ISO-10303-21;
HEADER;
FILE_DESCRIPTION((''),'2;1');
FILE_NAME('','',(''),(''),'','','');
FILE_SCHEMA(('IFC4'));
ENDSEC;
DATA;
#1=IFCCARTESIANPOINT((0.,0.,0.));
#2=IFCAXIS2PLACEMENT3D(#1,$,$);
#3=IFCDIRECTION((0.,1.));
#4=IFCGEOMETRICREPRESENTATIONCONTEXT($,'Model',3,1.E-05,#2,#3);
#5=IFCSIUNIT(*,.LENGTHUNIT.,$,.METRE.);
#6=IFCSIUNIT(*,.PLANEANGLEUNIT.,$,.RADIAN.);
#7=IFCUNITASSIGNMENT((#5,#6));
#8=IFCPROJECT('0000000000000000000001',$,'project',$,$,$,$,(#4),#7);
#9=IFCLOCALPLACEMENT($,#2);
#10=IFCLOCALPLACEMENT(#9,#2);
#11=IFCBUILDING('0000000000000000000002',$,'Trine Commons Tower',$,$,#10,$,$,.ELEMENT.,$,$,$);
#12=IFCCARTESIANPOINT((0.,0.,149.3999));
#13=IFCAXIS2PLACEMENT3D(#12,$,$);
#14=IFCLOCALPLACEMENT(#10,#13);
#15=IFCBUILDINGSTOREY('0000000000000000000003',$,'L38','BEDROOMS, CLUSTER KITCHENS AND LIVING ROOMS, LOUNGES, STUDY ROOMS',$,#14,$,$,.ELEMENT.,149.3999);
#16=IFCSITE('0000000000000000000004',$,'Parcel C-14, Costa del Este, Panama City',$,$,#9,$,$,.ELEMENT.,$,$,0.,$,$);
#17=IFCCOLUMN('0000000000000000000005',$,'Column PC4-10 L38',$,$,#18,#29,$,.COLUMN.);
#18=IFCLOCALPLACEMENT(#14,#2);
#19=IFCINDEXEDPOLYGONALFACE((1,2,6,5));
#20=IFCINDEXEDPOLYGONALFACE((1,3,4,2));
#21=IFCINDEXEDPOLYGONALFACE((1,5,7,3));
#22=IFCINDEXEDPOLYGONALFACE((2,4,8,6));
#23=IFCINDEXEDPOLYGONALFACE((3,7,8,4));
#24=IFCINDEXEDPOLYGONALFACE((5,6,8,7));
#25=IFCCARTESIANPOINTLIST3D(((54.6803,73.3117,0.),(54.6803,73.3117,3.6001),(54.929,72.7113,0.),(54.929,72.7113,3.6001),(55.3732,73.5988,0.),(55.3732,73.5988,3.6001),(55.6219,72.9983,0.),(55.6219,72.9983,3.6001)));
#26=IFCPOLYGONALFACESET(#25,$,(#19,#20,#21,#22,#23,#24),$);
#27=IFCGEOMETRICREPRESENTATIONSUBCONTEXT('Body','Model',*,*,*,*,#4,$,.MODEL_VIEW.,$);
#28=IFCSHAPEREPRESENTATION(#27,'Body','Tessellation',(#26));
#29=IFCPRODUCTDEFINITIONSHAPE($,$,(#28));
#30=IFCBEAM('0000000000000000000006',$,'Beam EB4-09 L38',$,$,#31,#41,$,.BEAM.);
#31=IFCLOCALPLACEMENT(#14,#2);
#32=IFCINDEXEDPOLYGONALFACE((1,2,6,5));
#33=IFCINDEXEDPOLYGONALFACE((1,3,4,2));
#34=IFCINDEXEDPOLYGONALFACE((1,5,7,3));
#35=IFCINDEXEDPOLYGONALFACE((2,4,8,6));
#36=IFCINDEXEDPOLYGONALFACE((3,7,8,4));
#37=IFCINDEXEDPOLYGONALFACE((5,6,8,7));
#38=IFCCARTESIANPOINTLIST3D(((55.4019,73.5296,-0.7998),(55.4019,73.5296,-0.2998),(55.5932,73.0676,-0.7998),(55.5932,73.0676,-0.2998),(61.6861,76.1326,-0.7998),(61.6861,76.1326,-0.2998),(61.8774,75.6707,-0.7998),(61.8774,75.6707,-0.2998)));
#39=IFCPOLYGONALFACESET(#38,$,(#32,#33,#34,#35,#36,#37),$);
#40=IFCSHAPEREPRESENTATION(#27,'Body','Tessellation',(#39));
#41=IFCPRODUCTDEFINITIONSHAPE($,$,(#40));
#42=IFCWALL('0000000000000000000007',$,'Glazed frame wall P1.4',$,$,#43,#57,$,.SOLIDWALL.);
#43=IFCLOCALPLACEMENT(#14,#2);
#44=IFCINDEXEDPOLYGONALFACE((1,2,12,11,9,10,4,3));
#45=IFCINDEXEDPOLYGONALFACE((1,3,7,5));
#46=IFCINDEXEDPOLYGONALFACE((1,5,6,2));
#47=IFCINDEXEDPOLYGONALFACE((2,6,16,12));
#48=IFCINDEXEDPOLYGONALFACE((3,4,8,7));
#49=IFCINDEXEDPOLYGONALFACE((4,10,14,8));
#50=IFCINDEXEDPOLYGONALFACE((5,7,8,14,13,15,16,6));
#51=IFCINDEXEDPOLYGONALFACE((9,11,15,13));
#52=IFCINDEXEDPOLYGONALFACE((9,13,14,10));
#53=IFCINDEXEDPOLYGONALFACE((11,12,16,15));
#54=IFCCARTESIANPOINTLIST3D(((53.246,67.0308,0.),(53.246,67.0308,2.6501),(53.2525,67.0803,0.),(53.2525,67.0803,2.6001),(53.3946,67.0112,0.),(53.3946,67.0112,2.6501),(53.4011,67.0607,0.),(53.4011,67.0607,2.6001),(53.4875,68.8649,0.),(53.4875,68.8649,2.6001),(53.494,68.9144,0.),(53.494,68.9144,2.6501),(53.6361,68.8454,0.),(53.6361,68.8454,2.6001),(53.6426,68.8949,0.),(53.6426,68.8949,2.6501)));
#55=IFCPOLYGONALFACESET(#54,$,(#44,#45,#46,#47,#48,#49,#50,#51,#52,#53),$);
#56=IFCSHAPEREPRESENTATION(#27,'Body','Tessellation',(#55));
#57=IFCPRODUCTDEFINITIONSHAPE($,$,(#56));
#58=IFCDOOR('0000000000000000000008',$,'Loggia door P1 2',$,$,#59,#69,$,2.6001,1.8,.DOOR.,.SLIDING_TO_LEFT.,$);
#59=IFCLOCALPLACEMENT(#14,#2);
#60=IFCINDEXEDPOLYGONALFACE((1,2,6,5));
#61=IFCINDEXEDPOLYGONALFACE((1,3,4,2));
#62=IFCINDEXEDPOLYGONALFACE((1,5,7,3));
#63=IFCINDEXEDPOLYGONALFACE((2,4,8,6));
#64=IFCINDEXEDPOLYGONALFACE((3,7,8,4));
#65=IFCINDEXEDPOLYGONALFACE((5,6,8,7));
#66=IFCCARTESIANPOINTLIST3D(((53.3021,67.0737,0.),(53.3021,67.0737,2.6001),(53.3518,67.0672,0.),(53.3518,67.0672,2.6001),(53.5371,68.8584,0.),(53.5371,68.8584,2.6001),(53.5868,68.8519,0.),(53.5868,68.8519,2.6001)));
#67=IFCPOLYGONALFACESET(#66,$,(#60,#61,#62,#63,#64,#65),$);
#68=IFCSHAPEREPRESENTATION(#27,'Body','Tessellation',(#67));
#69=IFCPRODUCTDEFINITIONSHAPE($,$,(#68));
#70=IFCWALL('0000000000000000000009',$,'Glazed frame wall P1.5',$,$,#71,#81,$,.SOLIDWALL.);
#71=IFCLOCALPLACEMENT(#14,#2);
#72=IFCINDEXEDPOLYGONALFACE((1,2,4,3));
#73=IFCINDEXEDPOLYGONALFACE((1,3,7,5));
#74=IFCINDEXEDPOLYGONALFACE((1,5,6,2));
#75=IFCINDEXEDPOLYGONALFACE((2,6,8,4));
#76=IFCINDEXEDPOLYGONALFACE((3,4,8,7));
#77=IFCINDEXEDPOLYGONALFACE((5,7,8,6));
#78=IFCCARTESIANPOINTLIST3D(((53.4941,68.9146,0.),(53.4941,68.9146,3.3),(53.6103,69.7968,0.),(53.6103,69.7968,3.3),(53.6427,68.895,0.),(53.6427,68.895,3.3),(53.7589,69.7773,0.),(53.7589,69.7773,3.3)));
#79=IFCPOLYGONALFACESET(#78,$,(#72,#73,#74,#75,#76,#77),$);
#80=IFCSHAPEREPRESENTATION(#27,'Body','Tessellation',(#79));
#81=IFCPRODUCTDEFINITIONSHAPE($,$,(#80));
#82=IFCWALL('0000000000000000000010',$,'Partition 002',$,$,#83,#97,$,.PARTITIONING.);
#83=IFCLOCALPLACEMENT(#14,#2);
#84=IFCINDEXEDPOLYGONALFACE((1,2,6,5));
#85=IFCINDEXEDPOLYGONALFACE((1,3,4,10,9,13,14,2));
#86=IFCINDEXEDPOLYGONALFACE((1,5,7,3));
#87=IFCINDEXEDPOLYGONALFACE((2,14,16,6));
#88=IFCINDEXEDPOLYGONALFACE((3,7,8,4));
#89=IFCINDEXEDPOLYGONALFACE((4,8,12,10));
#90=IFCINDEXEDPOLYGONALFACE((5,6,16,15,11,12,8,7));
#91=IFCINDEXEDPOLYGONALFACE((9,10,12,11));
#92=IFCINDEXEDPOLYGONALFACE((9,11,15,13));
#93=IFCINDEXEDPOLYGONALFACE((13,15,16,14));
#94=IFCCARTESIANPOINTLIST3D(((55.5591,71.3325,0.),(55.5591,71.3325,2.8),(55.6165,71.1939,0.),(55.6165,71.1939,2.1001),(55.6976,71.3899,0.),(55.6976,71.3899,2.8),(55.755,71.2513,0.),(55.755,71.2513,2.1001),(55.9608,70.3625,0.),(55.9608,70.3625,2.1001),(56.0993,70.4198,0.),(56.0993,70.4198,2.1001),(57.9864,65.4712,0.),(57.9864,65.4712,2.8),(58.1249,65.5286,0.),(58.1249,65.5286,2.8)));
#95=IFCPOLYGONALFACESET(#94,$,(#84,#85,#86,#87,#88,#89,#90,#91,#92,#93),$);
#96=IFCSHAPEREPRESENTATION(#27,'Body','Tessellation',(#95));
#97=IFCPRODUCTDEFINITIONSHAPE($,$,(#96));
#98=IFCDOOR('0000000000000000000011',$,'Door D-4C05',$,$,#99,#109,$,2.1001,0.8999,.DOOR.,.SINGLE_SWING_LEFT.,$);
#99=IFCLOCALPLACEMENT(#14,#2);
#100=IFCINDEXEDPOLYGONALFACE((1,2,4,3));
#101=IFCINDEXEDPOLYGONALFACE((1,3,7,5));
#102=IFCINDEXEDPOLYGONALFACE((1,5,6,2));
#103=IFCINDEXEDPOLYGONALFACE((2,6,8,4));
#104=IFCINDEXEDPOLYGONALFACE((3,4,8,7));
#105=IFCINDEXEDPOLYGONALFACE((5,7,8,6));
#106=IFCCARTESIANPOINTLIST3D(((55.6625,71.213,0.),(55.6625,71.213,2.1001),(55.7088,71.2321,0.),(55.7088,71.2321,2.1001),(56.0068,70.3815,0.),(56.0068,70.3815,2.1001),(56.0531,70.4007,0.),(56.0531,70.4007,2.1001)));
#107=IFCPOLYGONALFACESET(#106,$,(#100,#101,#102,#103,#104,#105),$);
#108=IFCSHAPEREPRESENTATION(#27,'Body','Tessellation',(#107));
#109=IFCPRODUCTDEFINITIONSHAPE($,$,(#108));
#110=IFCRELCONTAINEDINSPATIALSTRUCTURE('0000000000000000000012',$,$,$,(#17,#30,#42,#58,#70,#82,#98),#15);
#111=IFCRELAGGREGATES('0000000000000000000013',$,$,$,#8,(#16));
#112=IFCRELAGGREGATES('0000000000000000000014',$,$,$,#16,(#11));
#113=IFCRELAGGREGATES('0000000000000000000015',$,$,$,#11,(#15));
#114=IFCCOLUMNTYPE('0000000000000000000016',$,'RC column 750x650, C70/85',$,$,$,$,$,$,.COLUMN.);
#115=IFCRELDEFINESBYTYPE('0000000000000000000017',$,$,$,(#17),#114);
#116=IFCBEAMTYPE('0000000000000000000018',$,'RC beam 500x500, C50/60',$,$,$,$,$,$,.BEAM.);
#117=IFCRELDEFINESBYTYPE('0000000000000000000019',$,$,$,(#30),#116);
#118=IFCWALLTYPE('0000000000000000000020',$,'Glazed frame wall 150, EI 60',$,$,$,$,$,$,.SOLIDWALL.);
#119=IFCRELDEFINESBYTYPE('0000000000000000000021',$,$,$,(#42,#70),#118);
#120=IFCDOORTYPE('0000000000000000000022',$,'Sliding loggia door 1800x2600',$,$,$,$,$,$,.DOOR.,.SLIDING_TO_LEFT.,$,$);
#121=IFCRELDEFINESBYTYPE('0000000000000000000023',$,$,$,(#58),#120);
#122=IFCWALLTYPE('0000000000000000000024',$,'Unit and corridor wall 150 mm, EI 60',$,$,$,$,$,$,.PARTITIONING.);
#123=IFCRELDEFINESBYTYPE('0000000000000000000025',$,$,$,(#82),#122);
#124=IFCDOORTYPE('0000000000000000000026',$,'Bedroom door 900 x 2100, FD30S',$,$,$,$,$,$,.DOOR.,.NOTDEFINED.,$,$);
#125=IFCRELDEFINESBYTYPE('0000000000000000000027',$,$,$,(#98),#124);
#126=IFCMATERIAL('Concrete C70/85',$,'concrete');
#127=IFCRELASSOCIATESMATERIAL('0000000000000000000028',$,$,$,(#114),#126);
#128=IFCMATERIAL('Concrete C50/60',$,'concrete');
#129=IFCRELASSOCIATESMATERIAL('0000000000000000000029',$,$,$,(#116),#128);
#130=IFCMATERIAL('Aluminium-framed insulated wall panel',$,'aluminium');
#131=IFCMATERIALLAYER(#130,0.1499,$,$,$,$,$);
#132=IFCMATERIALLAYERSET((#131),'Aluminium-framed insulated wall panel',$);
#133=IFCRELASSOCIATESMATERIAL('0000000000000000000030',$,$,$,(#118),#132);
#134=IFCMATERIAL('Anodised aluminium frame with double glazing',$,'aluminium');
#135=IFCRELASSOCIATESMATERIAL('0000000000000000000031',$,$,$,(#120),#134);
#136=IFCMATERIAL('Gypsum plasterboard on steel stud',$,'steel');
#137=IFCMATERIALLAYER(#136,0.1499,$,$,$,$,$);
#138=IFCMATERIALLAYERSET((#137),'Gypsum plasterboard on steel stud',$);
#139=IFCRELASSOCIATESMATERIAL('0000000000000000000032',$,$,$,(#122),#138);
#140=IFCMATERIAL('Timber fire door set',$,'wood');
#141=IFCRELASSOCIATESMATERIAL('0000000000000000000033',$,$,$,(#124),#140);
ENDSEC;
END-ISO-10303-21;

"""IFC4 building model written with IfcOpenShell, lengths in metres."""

from ifc_helpers import new_model, si_unit, direction, frame, frame_2d, origin, origin_2d, place, context, subcontext, project, spatial, polyline, rectangle, outline, extrude, material, layer, layer_set, material_profile, profile_set, type_object, element, fill, save


model = new_model("IFC4")

# Units and contexts
model_context = context("Model", 3, precision=1e-05, world=origin(), true_north=direction((0.0, 1.0)))
body_context = subcontext(model_context, "Body", "Model", "MODEL_VIEW")
ifc_project = project(units=[si_unit("LENGTHUNIT", "METRE"), si_unit("PLANEANGLEUNIT", "RADIAN")], contexts=[model_context])

# Site, building, storey
site_placement = place(None, origin())
site = spatial("IfcSite", under=ifc_project, at=site_placement, Name="Parcel C-14, Costa del Este, Panama City", CompositionType="ELEMENT", RefElevation=0.0)
building_placement = place(site_placement, origin())
building = spatial("IfcBuilding", under=site, at=building_placement, Name="Trine Commons Tower", CompositionType="ELEMENT")
storey_placement = place(building_placement, frame((0.0, 0.0, 149.3999)))
storey = spatial("IfcBuildingStorey", under=building, at=storey_placement, Name="L38", Description="BEDROOMS, CLUSTER KITCHENS AND LIVING ROOMS, LOUNGES, STUDY ROOMS", CompositionType="ELEMENT", Elevation=149.3999)

# Column
ifc_material_1 = material(Name="Concrete C70/85", Category="concrete")
ifc_material_profile_1 = material_profile(ifc_material_1, rectangle(XDim=0.75, YDim=0.6499, at=origin_2d()), Name="RC 750x650")
ifc_profile_set_1 = profile_set([ifc_material_profile_1], Name="Concrete C70/85")
column_type = type_object("IfcColumnType", Name="RC column 750x650, C70/85", PredefinedType="COLUMN", material=ifc_profile_set_1)
column_placement = place(storey_placement, frame((55.1511, 73.155, 0.0), z_axis=(0.0, 0.0, 1.0), x_axis=(0.92388, 0.382683, 0.0)))
element("IfcColumn", 1, at=column_placement, inside=storey, type_object=column_type, Name="Column PC4-10 L38", PredefinedType="COLUMN", context=body_context, shape_type="SweptSolid", body=[
    extrude(rectangle(XDim=0.75, YDim=0.6499, at=origin_2d()), origin(), (0.0, 0.0, 1.0), 3.6001),
])

# Beam
ifc_material_2 = material(Name="Concrete C50/60", Category="concrete")
ifc_material_profile_2 = material_profile(ifc_material_2, rectangle(XDim=0.5, YDim=0.5, at=origin_2d()), Name="RC 500x500")
ifc_profile_set_2 = profile_set([ifc_material_profile_2], Name="Concrete C50/60")
beam_type = type_object("IfcBeamType", Name="RC beam 500x500, C50/60", PredefinedType="BEAM", material=ifc_profile_set_2)
beam_placement = place(storey_placement, frame((55.4976, 73.2986, -0.5498), z_axis=(0.923878, 0.382688, 0.0), x_axis=(-0.382688, 0.923878, 0.0)))
element("IfcBeam", 2, at=beam_placement, inside=storey, type_object=beam_type, Name="Beam EB4-09 L38", PredefinedType="BEAM", context=body_context, shape_type="SweptSolid", body=[
    extrude(rectangle(XDim=0.5, YDim=0.5, at=origin_2d()), origin(), (0.0, 0.0, 1.0), 6.802),
])

# Wall, opening, door
ifc_material_3 = material(Name="Aluminium-framed insulated wall panel", Category="aluminium")
ifc_layer_1 = layer(ifc_material_3, 0.1499)
ifc_layer_set_1 = layer_set([ifc_layer_1], Name="Aluminium-framed insulated wall panel")
wall_type_1 = type_object("IfcWallType", Name="Glazed frame wall 150, EI 60", PredefinedType="SOLIDWALL", material=ifc_layer_set_1)
wall_1_placement = place(storey_placement, frame((53.3203, 67.021, 0.0), z_axis=(0.0, 0.0, 1.0), x_axis=(0.130548, 0.991442, 0.0)))
wall_1 = element("IfcWall", 3, at=wall_1_placement, inside=storey, type_object=wall_type_1, Name="Glazed frame wall P1.4", PredefinedType="SOLIDWALL", context=body_context, shape_type="SweptSolid", body=[
    extrude(outline(polyline([(0.0, -0.075), (1.8999, -0.075), (1.8999, 0.075), (0.0, 0.075), (0.0, -0.075)])), origin(), (0.0, 0.0, 1.0), 2.6501),
])
opening_1_placement = place(wall_1_placement, frame((0.05, 0.0, 0.0)))
opening_1 = element("IfcOpeningElement", 4, at=opening_1_placement, cuts=wall_1, PredefinedType="OPENING", context=body_context, shape_type="SweptSolid", body=[
    extrude(rectangle(XDim=1.8, YDim=2.6001, at=frame_2d((0.8999, 1.3))), frame((0.0, 0.085, 0.0), z_axis=(0.0, -1.0, 0.0), x_axis=(1.0, 0.0, 0.0)), (0.0, 0.0, 1.0), 0.1699),
])
ifc_material_4 = material(Name="Anodised aluminium frame with double glazing", Category="aluminium")
door_type_1 = type_object("IfcDoorType", Name="Sliding loggia door 1800x2600", OperationType="SLIDING_TO_LEFT", PredefinedType="DOOR", material=ifc_material_4)
door_1_placement = place(opening_1_placement, origin())
door_1 = element("IfcDoor", 5, at=door_1_placement, inside=storey, type_object=door_type_1, Name="Loggia door P1 2", OperationType="SLIDING_TO_LEFT", OverallHeight=2.6001, OverallWidth=1.8, PredefinedType="DOOR", context=body_context, shape_type="SweptSolid", body=[
    extrude(rectangle(XDim=1.8, YDim=2.6001, at=frame_2d((0.8999, 1.3))), frame((0.0, 0.0249, 0.0), z_axis=(0.0, -1.0, 0.0), x_axis=(1.0, 0.0, 0.0)), (0.0, 0.0, 1.0), 0.05),
])
fill(opening_1, door_1)

# Wall
wall_2_placement = place(storey_placement, frame((53.5684, 68.9048, 0.0), z_axis=(0.0, 0.0, 1.0), x_axis=(0.130612, 0.991434, 0.0)))
element("IfcWall", 6, at=wall_2_placement, inside=storey, type_object=wall_type_1, Name="Glazed frame wall P1.5", PredefinedType="SOLIDWALL", context=body_context, shape_type="SweptSolid", body=[
    extrude(outline(polyline([(0.8899, 0.075), (0.0, 0.075), (0.0, -0.075), (0.8899, -0.075), (0.8899, 0.075)])), origin(), (0.0, 0.0, 1.0), 3.3),
])

# Wall, opening, door
ifc_material_5 = material(Name="Gypsum plasterboard on steel stud", Category="steel")
ifc_layer_2 = layer(ifc_material_5, 0.1499)
ifc_layer_set_2 = layer_set([ifc_layer_2], Name="Gypsum plasterboard on steel stud")
wall_type_2 = type_object("IfcWallType", Name="Unit and corridor wall 150 mm, EI 60", PredefinedType="PARTITIONING", material=ifc_layer_set_2)
wall_3_placement = place(storey_placement, frame((55.6284, 71.3611, 0.0), z_axis=(0.0, 0.0, 1.0), x_axis=(0.382603, -0.923913, 0.0)))
wall_3 = element("IfcWall", 7, at=wall_3_placement, inside=storey, type_object=wall_type_2, Name="Partition 002", PredefinedType="PARTITIONING", context=body_context, shape_type="SweptSolid", body=[
    extrude(rectangle(XDim=6.344, YDim=0.1499, at=frame_2d((3.1719, 0.0))), origin(), (0.0, 0.0, 1.0), 2.8),
])
opening_2_placement = place(wall_3_placement, frame((0.1499, 0.0, 0.0)))
opening_2 = element("IfcOpeningElement", 8, at=opening_2_placement, cuts=wall_3, PredefinedType="OPENING", context=body_context, shape_type="SweptSolid", body=[
    extrude(rectangle(XDim=0.8999, YDim=2.1001, at=frame_2d((0.45, 1.05))), frame((0.0, 0.085, 0.0), z_axis=(0.0, -1.0, 0.0), x_axis=(1.0, 0.0, 0.0)), (0.0, 0.0, 1.0), 0.1699),
])
ifc_material_6 = material(Name="Timber fire door set", Category="wood")
door_type_2 = type_object("IfcDoorType", Name="Bedroom door 900 x 2100, FD30S", OperationType="NOTDEFINED", PredefinedType="DOOR", material=ifc_material_6)
door_2_placement = place(opening_2_placement, origin())
door_2 = element("IfcDoor", 9, at=door_2_placement, inside=storey, type_object=door_type_2, Name="Door D-4C05", OperationType="SINGLE_SWING_LEFT", OverallHeight=2.1001, OverallWidth=0.8999, PredefinedType="DOOR", context=body_context, shape_type="SweptSolid", body=[
    extrude(rectangle(XDim=0.8999, YDim=2.1001, at=frame_2d((0.45, 1.05))), frame((0.0, 0.0249, 0.0), z_axis=(0.0, -1.0, 0.0), x_axis=(1.0, 0.0, 0.0)), (0.0, 0.0, 1.0), 0.05),
])
fill(opening_2, door_2)

save(model, "model.ifc")
